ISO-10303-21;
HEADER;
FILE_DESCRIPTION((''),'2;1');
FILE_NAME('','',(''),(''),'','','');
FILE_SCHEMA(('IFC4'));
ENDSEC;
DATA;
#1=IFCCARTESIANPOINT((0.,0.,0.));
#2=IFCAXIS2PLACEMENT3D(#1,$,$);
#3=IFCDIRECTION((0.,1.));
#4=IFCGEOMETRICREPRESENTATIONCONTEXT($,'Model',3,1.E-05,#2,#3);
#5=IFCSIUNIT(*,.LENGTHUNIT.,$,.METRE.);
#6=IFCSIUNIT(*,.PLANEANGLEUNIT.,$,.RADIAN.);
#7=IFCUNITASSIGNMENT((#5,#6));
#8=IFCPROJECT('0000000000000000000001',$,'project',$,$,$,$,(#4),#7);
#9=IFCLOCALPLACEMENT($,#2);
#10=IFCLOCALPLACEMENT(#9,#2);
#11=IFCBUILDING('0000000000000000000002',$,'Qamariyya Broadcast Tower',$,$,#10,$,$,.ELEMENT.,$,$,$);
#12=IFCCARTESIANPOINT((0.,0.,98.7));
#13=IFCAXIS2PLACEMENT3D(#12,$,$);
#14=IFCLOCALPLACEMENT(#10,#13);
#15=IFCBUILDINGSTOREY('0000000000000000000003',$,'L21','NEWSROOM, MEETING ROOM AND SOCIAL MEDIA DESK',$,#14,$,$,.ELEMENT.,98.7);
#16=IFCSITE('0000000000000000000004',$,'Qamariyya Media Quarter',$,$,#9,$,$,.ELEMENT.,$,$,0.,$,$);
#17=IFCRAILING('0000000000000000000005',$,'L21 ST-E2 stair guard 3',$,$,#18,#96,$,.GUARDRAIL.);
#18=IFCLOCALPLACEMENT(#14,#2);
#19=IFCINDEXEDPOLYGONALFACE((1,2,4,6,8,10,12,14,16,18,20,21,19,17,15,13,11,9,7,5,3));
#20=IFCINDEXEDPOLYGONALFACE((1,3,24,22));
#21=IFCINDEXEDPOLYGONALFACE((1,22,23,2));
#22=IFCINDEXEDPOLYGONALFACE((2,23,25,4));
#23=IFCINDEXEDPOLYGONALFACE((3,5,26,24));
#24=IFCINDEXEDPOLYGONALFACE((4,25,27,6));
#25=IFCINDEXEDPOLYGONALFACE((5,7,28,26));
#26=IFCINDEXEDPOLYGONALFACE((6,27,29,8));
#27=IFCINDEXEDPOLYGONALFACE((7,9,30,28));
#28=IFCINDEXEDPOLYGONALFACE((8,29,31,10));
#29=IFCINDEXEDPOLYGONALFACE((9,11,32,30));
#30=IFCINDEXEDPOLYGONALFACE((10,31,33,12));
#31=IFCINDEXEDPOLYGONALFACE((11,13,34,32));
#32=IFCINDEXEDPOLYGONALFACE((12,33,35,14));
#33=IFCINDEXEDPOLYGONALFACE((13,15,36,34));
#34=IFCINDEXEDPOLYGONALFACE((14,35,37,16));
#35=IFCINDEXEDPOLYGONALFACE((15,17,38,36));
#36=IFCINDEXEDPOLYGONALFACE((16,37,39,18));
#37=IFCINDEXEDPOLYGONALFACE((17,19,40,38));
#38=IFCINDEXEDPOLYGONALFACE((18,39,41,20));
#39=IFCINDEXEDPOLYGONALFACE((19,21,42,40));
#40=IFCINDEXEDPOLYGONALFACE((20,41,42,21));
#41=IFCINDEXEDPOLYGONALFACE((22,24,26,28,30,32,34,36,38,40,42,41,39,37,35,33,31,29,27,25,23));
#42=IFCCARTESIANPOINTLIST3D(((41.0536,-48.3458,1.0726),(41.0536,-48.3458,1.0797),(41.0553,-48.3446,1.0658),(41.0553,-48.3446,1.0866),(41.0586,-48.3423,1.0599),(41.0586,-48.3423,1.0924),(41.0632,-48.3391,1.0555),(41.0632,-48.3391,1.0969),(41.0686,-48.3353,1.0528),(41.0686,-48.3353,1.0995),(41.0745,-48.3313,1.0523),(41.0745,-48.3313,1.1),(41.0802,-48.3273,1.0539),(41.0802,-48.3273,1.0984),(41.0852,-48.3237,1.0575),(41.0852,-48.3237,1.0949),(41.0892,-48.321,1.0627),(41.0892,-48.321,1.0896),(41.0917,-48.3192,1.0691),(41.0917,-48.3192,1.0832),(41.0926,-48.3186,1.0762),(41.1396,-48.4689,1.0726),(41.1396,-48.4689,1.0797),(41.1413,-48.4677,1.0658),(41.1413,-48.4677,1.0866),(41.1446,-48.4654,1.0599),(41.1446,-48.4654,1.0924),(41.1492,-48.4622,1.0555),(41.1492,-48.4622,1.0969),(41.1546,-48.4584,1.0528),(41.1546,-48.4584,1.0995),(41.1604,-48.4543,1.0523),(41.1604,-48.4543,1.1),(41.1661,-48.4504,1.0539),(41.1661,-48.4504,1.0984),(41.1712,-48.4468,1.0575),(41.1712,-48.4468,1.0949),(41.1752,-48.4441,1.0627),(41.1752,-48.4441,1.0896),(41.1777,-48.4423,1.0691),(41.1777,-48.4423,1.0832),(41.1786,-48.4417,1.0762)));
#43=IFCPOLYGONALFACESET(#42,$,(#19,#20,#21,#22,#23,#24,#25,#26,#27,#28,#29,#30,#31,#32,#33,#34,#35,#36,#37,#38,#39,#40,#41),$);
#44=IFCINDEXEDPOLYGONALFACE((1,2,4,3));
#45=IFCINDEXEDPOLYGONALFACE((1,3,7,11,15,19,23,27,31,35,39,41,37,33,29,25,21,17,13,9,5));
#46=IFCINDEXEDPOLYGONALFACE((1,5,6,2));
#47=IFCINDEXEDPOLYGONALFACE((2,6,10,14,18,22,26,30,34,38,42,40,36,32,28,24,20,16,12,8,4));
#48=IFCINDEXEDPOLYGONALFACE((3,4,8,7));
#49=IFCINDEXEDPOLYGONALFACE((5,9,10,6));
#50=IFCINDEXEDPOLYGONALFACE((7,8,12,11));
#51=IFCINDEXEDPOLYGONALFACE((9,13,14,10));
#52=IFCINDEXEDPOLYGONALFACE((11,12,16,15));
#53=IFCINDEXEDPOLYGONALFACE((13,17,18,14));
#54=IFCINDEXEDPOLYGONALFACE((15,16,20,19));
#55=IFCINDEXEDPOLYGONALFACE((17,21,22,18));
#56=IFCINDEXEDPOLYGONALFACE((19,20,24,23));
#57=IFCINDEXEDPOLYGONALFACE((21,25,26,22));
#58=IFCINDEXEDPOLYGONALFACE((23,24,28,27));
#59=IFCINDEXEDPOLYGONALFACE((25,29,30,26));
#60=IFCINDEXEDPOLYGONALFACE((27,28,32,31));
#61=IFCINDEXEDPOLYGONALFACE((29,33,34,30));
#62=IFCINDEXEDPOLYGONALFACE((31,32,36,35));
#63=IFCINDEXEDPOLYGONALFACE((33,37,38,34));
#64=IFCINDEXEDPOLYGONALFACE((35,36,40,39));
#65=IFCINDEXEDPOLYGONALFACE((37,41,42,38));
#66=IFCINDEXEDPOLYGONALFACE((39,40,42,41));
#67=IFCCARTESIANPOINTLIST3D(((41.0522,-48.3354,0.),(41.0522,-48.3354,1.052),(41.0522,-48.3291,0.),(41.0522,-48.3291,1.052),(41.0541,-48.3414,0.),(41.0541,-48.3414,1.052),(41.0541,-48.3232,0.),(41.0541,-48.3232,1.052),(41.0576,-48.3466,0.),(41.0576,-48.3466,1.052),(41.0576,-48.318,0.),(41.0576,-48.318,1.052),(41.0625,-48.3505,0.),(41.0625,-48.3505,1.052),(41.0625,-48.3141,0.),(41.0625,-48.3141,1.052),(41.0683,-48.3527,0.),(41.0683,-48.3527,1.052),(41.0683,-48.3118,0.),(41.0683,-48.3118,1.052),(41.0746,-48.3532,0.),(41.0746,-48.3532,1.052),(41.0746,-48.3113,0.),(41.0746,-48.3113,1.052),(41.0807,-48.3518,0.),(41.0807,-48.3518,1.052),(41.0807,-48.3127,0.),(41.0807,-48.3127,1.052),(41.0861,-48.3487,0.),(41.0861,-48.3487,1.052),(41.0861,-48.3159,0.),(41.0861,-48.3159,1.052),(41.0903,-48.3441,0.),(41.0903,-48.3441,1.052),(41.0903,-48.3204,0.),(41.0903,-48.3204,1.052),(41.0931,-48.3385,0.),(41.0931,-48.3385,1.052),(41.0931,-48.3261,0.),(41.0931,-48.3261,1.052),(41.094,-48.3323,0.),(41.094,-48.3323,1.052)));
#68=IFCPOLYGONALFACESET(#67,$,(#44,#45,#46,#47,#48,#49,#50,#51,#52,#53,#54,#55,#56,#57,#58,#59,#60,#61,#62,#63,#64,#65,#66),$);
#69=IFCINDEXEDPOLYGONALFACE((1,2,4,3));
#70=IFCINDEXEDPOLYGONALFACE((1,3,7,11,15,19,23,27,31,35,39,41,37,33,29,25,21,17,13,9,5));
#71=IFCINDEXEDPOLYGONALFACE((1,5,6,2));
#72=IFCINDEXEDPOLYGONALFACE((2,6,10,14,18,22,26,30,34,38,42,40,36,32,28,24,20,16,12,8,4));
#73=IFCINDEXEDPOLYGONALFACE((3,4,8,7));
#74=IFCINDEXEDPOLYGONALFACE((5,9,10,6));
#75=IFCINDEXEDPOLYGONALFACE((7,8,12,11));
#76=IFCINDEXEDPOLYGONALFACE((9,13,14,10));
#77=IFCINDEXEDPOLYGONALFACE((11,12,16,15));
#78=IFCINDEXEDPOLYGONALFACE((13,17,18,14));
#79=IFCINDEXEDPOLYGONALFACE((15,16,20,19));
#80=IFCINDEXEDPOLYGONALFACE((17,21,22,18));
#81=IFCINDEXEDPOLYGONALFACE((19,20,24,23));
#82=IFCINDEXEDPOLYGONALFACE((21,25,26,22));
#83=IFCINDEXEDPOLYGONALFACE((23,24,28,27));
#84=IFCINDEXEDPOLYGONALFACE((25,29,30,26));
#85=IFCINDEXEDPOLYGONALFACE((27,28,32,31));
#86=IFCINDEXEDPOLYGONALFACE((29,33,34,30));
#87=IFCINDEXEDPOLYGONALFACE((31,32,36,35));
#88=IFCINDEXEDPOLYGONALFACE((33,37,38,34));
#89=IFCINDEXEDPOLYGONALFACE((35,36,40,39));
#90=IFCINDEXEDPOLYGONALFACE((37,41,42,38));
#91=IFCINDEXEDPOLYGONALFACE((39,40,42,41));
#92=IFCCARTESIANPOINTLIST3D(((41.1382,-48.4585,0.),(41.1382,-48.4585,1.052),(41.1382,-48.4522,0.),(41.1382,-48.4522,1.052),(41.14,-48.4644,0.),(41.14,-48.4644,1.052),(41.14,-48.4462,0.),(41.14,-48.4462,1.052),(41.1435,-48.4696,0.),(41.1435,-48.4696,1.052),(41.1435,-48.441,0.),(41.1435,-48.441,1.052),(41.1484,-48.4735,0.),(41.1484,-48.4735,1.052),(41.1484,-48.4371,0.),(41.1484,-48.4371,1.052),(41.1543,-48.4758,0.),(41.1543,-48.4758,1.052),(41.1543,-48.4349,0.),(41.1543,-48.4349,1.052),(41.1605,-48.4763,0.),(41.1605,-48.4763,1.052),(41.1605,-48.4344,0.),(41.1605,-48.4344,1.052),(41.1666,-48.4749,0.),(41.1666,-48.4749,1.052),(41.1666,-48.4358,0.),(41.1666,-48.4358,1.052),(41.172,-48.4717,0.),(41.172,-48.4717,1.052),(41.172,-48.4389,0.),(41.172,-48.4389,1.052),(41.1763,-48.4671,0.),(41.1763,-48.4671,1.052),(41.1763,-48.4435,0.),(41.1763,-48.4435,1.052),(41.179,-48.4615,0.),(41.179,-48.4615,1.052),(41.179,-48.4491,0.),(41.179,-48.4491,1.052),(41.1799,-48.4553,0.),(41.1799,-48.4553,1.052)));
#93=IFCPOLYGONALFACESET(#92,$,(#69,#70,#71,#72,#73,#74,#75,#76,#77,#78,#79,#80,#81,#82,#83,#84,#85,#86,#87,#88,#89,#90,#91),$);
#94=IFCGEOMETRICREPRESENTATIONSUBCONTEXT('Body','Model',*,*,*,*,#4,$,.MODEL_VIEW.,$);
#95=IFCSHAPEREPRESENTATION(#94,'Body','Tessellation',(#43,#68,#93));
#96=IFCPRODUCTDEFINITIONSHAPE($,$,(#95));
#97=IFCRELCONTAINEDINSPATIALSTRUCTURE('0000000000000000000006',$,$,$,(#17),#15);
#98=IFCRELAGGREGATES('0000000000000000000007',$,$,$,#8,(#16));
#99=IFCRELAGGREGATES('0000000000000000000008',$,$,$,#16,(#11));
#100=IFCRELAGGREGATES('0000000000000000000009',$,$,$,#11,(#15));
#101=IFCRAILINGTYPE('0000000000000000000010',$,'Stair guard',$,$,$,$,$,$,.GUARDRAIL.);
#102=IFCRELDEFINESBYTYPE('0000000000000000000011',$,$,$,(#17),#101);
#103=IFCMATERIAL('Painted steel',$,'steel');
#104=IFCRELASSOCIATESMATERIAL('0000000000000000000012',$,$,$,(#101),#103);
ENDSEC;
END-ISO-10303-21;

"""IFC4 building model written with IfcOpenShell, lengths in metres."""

from ifc_helpers import new_model, si_unit, direction, frame, origin, origin_2d, place, context, subcontext, project, spatial, circle, extrude, material, type_object, element, save


model = new_model("IFC4")

# Units and contexts
model_context = context("Model", 3, precision=1e-05, world=origin(), true_north=direction((0.0, 1.0)))
body_context = subcontext(model_context, "Body", "Model", "MODEL_VIEW")
ifc_project = project(units=[si_unit("LENGTHUNIT", "METRE"), si_unit("PLANEANGLEUNIT", "RADIAN")], contexts=[model_context])

# Site, building, storey
site_placement = place(None, origin())
site = spatial("IfcSite", under=ifc_project, at=site_placement, Name="Qamariyya Media Quarter", CompositionType="ELEMENT", RefElevation=0.0)
building_placement = place(site_placement, origin())
building = spatial("IfcBuilding", under=site, at=building_placement, Name="Qamariyya Broadcast Tower", CompositionType="ELEMENT")
storey_placement = place(building_placement, frame((0.0, 0.0, 98.7)))
storey = spatial("IfcBuildingStorey", under=building, at=storey_placement, Name="L21", Description="NEWSROOM, MEETING ROOM AND SOCIAL MEDIA DESK", CompositionType="ELEMENT", Elevation=98.7)

# Railing
ifc_material_1 = material(Name="Painted steel", Category="steel")
railing_type_1 = type_object("IfcRailingType", Name="Stair guard", PredefinedType="GUARDRAIL", material=ifc_material_1)
railing_1_placement = place(storey_placement, frame((41.073, -48.3323, 0.0)))
element("IfcRailing", 1, at=railing_1_placement, inside=storey, type_object=railing_type_1, Name="L21 ST-E2 stair guard 3", PredefinedType="GUARDRAIL", context=body_context, shape_type="SweptSolid", body=[
    extrude(circle(Radius=0.0239, at=origin_2d()), frame((0.0, 0.0, 1.0762), z_axis=(0.572589, -0.819843, 0.0), x_axis=(0.819843, 0.572589, 0.0)), (0.0, 0.0, 1.0), 0.1501),
    extrude(circle(Radius=0.021, at=origin_2d()), origin(), (0.0, 0.0, 1.0), 1.052),
    extrude(circle(Radius=0.021, at=origin_2d()), frame((0.0859, -0.123, 0.0)), (0.0, 0.0, 1.0), 1.052),
])

save(model, "model.ifc")
